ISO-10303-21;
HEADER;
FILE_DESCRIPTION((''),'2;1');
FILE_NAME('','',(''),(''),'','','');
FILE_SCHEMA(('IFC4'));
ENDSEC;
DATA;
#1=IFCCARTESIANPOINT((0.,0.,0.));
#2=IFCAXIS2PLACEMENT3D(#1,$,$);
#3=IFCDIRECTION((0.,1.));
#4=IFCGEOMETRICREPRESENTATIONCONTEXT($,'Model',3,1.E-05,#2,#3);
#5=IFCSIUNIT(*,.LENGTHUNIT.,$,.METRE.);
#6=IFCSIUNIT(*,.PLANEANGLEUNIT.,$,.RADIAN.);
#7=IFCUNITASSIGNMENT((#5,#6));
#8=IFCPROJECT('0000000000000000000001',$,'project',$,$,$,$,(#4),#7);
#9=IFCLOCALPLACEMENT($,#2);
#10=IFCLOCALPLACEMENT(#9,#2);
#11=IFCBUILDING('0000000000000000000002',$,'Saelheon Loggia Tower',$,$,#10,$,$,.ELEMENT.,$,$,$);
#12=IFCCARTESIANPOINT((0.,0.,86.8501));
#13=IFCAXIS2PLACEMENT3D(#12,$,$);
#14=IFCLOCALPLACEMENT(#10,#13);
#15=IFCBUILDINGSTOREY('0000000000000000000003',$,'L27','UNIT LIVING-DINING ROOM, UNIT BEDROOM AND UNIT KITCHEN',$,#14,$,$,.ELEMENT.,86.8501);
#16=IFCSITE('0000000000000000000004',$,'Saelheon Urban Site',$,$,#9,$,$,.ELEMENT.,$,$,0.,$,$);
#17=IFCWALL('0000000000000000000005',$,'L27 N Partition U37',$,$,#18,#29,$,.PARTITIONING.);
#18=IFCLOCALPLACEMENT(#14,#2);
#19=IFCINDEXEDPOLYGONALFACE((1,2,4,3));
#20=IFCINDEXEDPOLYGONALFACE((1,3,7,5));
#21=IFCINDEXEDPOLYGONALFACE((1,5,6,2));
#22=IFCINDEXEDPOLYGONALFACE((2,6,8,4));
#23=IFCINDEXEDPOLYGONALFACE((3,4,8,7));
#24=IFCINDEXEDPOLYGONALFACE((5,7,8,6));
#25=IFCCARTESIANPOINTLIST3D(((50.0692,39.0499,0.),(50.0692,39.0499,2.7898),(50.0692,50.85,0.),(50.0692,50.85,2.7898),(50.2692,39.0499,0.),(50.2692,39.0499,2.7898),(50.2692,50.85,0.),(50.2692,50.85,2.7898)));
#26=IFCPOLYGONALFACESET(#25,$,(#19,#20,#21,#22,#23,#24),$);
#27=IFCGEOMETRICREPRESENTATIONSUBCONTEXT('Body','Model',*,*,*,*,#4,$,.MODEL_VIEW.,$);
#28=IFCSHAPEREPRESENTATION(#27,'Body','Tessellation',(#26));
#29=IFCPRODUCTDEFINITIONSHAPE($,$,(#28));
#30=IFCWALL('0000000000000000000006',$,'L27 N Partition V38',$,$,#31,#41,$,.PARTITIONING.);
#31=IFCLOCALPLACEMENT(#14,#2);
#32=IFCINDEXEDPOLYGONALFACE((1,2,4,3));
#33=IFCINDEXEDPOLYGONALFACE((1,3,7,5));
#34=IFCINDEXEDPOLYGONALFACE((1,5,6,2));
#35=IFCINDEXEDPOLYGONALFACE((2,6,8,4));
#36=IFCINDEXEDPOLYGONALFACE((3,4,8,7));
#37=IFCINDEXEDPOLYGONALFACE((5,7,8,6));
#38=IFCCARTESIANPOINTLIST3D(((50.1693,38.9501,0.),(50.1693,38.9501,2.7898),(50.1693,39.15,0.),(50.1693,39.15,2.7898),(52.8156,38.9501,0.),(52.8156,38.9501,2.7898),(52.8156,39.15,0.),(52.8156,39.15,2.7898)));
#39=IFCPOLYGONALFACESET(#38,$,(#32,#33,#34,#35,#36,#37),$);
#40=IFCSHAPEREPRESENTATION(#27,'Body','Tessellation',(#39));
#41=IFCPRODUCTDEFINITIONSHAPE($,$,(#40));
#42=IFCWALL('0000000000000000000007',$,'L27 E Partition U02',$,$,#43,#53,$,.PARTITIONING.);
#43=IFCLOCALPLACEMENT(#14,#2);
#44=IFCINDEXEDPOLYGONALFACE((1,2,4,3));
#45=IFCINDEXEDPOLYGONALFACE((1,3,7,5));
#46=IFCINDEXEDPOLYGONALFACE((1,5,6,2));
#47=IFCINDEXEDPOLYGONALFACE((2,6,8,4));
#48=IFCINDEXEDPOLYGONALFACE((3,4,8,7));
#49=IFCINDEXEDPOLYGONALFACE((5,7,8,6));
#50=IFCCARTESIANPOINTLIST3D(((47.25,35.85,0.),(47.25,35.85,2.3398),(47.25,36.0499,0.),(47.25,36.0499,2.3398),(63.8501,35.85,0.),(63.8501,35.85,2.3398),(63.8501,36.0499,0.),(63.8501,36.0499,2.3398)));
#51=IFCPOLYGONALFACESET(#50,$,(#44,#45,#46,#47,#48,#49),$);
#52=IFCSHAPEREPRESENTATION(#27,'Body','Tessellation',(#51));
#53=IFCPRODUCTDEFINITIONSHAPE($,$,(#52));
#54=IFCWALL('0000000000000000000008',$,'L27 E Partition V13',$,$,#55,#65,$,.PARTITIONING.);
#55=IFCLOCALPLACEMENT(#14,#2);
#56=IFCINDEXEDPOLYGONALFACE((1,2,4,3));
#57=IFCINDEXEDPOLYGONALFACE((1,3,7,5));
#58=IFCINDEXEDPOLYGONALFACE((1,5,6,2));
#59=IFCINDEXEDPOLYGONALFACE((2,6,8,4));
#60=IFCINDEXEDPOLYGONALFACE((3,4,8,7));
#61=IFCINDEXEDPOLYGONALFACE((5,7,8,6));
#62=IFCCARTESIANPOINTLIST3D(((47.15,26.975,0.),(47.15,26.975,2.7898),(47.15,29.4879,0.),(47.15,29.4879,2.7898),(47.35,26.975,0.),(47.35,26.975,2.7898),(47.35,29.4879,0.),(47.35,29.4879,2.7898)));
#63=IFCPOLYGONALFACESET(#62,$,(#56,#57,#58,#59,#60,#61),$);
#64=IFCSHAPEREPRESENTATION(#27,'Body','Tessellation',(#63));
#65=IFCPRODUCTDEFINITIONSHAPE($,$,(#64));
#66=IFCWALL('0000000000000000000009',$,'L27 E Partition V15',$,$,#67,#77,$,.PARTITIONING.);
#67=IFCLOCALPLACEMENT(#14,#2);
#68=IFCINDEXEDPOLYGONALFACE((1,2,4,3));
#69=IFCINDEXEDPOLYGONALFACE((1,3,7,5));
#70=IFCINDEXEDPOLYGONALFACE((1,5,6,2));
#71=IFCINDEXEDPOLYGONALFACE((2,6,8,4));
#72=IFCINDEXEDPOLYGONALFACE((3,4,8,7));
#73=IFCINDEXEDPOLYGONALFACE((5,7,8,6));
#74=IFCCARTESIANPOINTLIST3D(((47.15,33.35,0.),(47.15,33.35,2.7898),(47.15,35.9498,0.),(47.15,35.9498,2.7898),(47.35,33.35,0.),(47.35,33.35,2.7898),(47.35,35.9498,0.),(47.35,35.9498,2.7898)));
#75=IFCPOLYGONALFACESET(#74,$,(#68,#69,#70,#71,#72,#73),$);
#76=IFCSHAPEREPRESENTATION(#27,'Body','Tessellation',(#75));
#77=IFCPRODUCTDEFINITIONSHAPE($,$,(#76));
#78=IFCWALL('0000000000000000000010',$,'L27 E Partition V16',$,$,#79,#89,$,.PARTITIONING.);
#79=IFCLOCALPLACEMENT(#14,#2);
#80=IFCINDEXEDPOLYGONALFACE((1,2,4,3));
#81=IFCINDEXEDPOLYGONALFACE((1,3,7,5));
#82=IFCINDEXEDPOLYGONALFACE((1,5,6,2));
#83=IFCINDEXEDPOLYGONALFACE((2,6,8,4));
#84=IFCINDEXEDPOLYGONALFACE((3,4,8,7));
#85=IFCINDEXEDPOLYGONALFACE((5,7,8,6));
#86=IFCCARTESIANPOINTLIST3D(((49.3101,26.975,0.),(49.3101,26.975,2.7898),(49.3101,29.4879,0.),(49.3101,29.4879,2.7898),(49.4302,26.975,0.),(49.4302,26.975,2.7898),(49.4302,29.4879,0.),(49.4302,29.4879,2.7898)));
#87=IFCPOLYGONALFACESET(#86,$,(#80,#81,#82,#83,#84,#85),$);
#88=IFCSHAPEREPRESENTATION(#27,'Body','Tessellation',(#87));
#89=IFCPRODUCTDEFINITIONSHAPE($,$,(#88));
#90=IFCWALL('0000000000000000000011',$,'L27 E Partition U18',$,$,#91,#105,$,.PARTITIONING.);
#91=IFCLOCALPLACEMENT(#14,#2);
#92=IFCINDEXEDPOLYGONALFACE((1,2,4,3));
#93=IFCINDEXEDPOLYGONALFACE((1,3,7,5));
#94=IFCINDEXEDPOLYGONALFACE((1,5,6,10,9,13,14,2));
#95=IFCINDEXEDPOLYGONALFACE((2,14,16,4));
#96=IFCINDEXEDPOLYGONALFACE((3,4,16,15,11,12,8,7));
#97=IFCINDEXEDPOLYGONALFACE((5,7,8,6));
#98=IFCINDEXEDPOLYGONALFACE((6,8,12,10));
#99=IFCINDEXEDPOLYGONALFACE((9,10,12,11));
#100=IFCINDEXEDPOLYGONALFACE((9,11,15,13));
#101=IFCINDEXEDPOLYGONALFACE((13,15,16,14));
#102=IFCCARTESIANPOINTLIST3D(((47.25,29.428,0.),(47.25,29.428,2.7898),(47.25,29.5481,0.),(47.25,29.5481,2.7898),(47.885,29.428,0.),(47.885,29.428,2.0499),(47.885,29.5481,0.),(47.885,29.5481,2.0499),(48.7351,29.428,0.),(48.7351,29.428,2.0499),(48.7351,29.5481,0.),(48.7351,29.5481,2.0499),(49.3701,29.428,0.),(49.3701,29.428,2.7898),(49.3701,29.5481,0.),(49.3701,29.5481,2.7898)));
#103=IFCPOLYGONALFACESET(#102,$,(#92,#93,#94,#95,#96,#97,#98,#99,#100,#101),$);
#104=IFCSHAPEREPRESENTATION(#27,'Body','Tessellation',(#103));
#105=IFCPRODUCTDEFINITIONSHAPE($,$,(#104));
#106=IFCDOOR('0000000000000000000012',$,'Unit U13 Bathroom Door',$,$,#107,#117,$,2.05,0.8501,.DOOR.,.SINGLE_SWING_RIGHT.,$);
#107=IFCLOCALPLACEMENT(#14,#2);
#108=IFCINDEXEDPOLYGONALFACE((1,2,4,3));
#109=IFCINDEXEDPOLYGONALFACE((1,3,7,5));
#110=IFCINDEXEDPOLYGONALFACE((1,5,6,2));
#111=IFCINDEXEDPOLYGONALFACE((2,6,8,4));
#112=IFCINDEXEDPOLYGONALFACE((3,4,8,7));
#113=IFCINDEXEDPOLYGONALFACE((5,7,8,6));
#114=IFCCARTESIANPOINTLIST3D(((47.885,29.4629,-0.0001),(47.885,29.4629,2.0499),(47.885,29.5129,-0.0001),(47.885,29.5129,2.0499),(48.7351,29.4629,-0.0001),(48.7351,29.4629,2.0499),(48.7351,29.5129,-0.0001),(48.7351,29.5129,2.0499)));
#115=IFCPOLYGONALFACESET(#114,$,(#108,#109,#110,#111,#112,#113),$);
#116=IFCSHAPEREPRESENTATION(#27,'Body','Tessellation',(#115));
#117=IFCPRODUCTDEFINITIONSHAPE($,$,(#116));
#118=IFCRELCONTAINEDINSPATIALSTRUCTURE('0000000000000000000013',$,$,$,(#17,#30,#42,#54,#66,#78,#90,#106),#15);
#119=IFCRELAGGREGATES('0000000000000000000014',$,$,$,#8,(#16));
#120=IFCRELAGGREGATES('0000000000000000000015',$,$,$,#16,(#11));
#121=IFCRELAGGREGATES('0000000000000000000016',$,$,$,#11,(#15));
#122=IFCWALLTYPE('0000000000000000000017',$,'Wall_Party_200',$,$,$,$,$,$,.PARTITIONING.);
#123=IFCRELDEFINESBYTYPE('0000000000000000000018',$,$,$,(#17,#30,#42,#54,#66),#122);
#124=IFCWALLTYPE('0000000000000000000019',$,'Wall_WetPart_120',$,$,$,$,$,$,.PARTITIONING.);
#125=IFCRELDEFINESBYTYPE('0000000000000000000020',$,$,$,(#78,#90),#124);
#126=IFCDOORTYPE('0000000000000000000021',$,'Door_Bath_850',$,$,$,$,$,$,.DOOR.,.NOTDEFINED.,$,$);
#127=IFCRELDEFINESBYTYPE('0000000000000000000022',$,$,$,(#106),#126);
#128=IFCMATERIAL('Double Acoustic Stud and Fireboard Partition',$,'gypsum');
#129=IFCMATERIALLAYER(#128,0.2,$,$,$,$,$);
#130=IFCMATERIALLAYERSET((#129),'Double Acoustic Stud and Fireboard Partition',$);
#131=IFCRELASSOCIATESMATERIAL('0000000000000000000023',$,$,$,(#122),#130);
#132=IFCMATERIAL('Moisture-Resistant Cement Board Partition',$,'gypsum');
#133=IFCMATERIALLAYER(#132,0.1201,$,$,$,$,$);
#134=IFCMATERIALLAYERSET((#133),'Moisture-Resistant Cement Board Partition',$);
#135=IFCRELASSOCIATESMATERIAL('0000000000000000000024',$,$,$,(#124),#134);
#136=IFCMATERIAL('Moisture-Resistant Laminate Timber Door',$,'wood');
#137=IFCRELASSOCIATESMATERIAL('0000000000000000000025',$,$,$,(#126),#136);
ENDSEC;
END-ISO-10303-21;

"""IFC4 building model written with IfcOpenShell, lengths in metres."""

from ifc_helpers import new_model, si_unit, direction, frame, frame_2d, origin, place, context, subcontext, project, spatial, rectangle, extrude, source, transform, mapped, material, layer, layer_set, type_object, element, fill, save


model = new_model("IFC4")

# Units and contexts
model_context = context("Model", 3, precision=1e-05, world=origin(), true_north=direction((0.0, 1.0)))
body_context = subcontext(model_context, "Body", "Model", "MODEL_VIEW")
ifc_project = project(units=[si_unit("LENGTHUNIT", "METRE"), si_unit("PLANEANGLEUNIT", "RADIAN")], contexts=[model_context])

# Site, building, storey
site_placement = place(None, origin())
site = spatial("IfcSite", under=ifc_project, at=site_placement, Name="Saelheon Urban Site", CompositionType="ELEMENT", RefElevation=0.0)
building_placement = place(site_placement, origin())
building = spatial("IfcBuilding", under=site, at=building_placement, Name="Saelheon Loggia Tower", CompositionType="ELEMENT")
storey_placement = place(building_placement, frame((0.0, 0.0, 86.8501)))
storey = spatial("IfcBuildingStorey", under=building, at=storey_placement, Name="L27", Description="UNIT LIVING-DINING ROOM, UNIT BEDROOM AND UNIT KITCHEN", CompositionType="ELEMENT", Elevation=86.8501)

# Walls
ifc_material_1 = material(Name="Double Acoustic Stud and Fireboard Partition", Category="gypsum")
ifc_layer_1 = layer(ifc_material_1, 0.2)
ifc_layer_set_1 = layer_set([ifc_layer_1], Name="Double Acoustic Stud and Fireboard Partition")
wall_type_1 = type_object("IfcWallType", Name="Wall_Party_200", PredefinedType="PARTITIONING", material=ifc_layer_set_1)
wall_1_placement = place(storey_placement, frame((50.1692, 39.05, 0.0), z_axis=(0.0, 0.0, 1.0), x_axis=(0.0, 1.0, 0.0)))
element("IfcWall", 1, at=wall_1_placement, inside=storey, type_object=wall_type_1, Name="L27 N Partition U37", PredefinedType="PARTITIONING", context=body_context, shape_type="SweptSolid", body=[
    extrude(rectangle(XDim=11.8, YDim=0.2, at=frame_2d((5.8999, 0.0))), origin(), (0.0, 0.0, 1.0), 2.7898),
])
wall_2_placement = place(storey_placement, frame((50.1692, 39.05, 0.0), z_axis=(0.0, 0.0, 1.0), x_axis=(1.0, 0.0, 0.0)))
element("IfcWall", 2, at=wall_2_placement, inside=storey, type_object=wall_type_1, Name="L27 N Partition V38", PredefinedType="PARTITIONING", context=body_context, shape_type="SweptSolid", body=[
    extrude(rectangle(XDim=2.6462, YDim=0.2, at=frame_2d((1.3232, 0.0))), origin(), (0.0, 0.0, 1.0), 2.7898),
])

# Walls
wall_3_placement = place(storey_placement, frame((47.25, 35.95, 0.0), z_axis=(0.0, 0.0, 1.0), x_axis=(1.0, 0.0, 0.0)))
element("IfcWall", 3, at=wall_3_placement, inside=storey, type_object=wall_type_1, Name="L27 E Partition U02", PredefinedType="PARTITIONING", context=body_context, shape_type="SweptSolid", body=[
    extrude(rectangle(XDim=16.6001, YDim=0.2, at=frame_2d((8.3, 0.0))), origin(), (0.0, 0.0, 1.0), 2.3398),
])
wall_4_placement = place(storey_placement, frame((47.25, 26.9751, 0.0), z_axis=(0.0, 0.0, 1.0), x_axis=(0.0, 1.0, 0.0)))
element("IfcWall", 4, at=wall_4_placement, inside=storey, type_object=wall_type_1, Name="L27 E Partition V13", PredefinedType="PARTITIONING", context=body_context, shape_type="SweptSolid", body=[
    extrude(rectangle(XDim=2.5129, YDim=0.2, at=frame_2d((1.2563, 0.0))), origin(), (0.0, 0.0, 1.0), 2.7898),
])

# Walls
wall_5_placement = place(storey_placement, frame((47.25, 33.3501, 0.0), z_axis=(0.0, 0.0, 1.0), x_axis=(0.0, 1.0, 0.0)))
element("IfcWall", 5, at=wall_5_placement, inside=storey, type_object=wall_type_1, Name="L27 E Partition V15", PredefinedType="PARTITIONING", context=body_context, shape_type="SweptSolid", body=[
    extrude(rectangle(XDim=2.5999, YDim=0.2, at=frame_2d((1.2998, 0.0))), origin(), (0.0, 0.0, 1.0), 2.7898),
])
ifc_material_2 = material(Name="Moisture-Resistant Cement Board Partition", Category="gypsum")
ifc_layer_2 = layer(ifc_material_2, 0.1201)
ifc_layer_set_2 = layer_set([ifc_layer_2], Name="Moisture-Resistant Cement Board Partition")
wall_type_2 = type_object("IfcWallType", Name="Wall_WetPart_120", PredefinedType="PARTITIONING", material=ifc_layer_set_2)
wall_6_placement = place(storey_placement, frame((49.3701, 26.9751, 0.0), z_axis=(0.0, 0.0, 1.0), x_axis=(0.0, 1.0, 0.0)))
element("IfcWall", 6, at=wall_6_placement, inside=storey, type_object=wall_type_2, Name="L27 E Partition V16", PredefinedType="PARTITIONING", context=body_context, shape_type="SweptSolid", body=[
    extrude(rectangle(XDim=2.5129, YDim=0.1201, at=frame_2d((1.2563, 0.0))), origin(), (0.0, 0.0, 1.0), 2.7898),
])

# Wall, opening, door
wall_7_placement = place(storey_placement, frame((47.25, 29.488, 0.0), z_axis=(0.0, 0.0, 1.0), x_axis=(1.0, 0.0, 0.0)))
wall_7 = element("IfcWall", 7, at=wall_7_placement, inside=storey, type_object=wall_type_2, Name="L27 E Partition U18", PredefinedType="PARTITIONING", context=body_context, shape_type="SweptSolid", body=[
    extrude(rectangle(XDim=2.1201, YDim=0.1201, at=frame_2d((1.0601, 0.0))), origin(), (0.0, 0.0, 1.0), 2.7898),
])
opening_1_placement = place(wall_7_placement, frame((0.635, 0.0, 0.0)))
opening_1 = element("IfcOpeningElement", 8, at=opening_1_placement, cuts=wall_7, PredefinedType="OPENING", context=body_context, shape_type="SweptSolid", body=[
    extrude(rectangle(XDim=0.8501, YDim=2.05, at=frame_2d((0.425, 1.0249))), frame((0.0, 0.072, 0.0), z_axis=(0.0, -1.0, 0.0), x_axis=(1.0, 0.0, 0.0)), (0.0, 0.0, 1.0), 0.144),
])
ifc_material_3 = material(Name="Moisture-Resistant Laminate Timber Door", Category="wood")
door_type_1 = type_object("IfcDoorType", Name="Door_Bath_850", OperationType="NOTDEFINED", PredefinedType="DOOR", material=ifc_material_3)
shared_shape_1 = source(origin(), body_context, "Body", "SweptSolid", [
    extrude(rectangle(XDim=0.8501, YDim=2.05, at=frame_2d((0.425, 1.0249))), frame((0.0, 0.0249, 0.0), z_axis=(0.0, -1.0, 0.0), x_axis=(1.0, 0.0, 0.0)), (0.0, 0.0, 1.0), 0.05),
])
door_1_placement = place(opening_1_placement, origin())
door_1 = element("IfcDoor", 9, at=door_1_placement, inside=storey, type_object=door_type_1, Name="Unit U13 Bathroom Door", OperationType="SINGLE_SWING_RIGHT", OverallHeight=2.05, OverallWidth=0.8501, PredefinedType="DOOR", context=body_context, shape_type="MappedRepresentation", body=[
    mapped(shared_shape_1, transform((0.0, 0.0, 0.0), scale=1.0)),
])
fill(opening_1, door_1)

save(model, "model.ifc")
